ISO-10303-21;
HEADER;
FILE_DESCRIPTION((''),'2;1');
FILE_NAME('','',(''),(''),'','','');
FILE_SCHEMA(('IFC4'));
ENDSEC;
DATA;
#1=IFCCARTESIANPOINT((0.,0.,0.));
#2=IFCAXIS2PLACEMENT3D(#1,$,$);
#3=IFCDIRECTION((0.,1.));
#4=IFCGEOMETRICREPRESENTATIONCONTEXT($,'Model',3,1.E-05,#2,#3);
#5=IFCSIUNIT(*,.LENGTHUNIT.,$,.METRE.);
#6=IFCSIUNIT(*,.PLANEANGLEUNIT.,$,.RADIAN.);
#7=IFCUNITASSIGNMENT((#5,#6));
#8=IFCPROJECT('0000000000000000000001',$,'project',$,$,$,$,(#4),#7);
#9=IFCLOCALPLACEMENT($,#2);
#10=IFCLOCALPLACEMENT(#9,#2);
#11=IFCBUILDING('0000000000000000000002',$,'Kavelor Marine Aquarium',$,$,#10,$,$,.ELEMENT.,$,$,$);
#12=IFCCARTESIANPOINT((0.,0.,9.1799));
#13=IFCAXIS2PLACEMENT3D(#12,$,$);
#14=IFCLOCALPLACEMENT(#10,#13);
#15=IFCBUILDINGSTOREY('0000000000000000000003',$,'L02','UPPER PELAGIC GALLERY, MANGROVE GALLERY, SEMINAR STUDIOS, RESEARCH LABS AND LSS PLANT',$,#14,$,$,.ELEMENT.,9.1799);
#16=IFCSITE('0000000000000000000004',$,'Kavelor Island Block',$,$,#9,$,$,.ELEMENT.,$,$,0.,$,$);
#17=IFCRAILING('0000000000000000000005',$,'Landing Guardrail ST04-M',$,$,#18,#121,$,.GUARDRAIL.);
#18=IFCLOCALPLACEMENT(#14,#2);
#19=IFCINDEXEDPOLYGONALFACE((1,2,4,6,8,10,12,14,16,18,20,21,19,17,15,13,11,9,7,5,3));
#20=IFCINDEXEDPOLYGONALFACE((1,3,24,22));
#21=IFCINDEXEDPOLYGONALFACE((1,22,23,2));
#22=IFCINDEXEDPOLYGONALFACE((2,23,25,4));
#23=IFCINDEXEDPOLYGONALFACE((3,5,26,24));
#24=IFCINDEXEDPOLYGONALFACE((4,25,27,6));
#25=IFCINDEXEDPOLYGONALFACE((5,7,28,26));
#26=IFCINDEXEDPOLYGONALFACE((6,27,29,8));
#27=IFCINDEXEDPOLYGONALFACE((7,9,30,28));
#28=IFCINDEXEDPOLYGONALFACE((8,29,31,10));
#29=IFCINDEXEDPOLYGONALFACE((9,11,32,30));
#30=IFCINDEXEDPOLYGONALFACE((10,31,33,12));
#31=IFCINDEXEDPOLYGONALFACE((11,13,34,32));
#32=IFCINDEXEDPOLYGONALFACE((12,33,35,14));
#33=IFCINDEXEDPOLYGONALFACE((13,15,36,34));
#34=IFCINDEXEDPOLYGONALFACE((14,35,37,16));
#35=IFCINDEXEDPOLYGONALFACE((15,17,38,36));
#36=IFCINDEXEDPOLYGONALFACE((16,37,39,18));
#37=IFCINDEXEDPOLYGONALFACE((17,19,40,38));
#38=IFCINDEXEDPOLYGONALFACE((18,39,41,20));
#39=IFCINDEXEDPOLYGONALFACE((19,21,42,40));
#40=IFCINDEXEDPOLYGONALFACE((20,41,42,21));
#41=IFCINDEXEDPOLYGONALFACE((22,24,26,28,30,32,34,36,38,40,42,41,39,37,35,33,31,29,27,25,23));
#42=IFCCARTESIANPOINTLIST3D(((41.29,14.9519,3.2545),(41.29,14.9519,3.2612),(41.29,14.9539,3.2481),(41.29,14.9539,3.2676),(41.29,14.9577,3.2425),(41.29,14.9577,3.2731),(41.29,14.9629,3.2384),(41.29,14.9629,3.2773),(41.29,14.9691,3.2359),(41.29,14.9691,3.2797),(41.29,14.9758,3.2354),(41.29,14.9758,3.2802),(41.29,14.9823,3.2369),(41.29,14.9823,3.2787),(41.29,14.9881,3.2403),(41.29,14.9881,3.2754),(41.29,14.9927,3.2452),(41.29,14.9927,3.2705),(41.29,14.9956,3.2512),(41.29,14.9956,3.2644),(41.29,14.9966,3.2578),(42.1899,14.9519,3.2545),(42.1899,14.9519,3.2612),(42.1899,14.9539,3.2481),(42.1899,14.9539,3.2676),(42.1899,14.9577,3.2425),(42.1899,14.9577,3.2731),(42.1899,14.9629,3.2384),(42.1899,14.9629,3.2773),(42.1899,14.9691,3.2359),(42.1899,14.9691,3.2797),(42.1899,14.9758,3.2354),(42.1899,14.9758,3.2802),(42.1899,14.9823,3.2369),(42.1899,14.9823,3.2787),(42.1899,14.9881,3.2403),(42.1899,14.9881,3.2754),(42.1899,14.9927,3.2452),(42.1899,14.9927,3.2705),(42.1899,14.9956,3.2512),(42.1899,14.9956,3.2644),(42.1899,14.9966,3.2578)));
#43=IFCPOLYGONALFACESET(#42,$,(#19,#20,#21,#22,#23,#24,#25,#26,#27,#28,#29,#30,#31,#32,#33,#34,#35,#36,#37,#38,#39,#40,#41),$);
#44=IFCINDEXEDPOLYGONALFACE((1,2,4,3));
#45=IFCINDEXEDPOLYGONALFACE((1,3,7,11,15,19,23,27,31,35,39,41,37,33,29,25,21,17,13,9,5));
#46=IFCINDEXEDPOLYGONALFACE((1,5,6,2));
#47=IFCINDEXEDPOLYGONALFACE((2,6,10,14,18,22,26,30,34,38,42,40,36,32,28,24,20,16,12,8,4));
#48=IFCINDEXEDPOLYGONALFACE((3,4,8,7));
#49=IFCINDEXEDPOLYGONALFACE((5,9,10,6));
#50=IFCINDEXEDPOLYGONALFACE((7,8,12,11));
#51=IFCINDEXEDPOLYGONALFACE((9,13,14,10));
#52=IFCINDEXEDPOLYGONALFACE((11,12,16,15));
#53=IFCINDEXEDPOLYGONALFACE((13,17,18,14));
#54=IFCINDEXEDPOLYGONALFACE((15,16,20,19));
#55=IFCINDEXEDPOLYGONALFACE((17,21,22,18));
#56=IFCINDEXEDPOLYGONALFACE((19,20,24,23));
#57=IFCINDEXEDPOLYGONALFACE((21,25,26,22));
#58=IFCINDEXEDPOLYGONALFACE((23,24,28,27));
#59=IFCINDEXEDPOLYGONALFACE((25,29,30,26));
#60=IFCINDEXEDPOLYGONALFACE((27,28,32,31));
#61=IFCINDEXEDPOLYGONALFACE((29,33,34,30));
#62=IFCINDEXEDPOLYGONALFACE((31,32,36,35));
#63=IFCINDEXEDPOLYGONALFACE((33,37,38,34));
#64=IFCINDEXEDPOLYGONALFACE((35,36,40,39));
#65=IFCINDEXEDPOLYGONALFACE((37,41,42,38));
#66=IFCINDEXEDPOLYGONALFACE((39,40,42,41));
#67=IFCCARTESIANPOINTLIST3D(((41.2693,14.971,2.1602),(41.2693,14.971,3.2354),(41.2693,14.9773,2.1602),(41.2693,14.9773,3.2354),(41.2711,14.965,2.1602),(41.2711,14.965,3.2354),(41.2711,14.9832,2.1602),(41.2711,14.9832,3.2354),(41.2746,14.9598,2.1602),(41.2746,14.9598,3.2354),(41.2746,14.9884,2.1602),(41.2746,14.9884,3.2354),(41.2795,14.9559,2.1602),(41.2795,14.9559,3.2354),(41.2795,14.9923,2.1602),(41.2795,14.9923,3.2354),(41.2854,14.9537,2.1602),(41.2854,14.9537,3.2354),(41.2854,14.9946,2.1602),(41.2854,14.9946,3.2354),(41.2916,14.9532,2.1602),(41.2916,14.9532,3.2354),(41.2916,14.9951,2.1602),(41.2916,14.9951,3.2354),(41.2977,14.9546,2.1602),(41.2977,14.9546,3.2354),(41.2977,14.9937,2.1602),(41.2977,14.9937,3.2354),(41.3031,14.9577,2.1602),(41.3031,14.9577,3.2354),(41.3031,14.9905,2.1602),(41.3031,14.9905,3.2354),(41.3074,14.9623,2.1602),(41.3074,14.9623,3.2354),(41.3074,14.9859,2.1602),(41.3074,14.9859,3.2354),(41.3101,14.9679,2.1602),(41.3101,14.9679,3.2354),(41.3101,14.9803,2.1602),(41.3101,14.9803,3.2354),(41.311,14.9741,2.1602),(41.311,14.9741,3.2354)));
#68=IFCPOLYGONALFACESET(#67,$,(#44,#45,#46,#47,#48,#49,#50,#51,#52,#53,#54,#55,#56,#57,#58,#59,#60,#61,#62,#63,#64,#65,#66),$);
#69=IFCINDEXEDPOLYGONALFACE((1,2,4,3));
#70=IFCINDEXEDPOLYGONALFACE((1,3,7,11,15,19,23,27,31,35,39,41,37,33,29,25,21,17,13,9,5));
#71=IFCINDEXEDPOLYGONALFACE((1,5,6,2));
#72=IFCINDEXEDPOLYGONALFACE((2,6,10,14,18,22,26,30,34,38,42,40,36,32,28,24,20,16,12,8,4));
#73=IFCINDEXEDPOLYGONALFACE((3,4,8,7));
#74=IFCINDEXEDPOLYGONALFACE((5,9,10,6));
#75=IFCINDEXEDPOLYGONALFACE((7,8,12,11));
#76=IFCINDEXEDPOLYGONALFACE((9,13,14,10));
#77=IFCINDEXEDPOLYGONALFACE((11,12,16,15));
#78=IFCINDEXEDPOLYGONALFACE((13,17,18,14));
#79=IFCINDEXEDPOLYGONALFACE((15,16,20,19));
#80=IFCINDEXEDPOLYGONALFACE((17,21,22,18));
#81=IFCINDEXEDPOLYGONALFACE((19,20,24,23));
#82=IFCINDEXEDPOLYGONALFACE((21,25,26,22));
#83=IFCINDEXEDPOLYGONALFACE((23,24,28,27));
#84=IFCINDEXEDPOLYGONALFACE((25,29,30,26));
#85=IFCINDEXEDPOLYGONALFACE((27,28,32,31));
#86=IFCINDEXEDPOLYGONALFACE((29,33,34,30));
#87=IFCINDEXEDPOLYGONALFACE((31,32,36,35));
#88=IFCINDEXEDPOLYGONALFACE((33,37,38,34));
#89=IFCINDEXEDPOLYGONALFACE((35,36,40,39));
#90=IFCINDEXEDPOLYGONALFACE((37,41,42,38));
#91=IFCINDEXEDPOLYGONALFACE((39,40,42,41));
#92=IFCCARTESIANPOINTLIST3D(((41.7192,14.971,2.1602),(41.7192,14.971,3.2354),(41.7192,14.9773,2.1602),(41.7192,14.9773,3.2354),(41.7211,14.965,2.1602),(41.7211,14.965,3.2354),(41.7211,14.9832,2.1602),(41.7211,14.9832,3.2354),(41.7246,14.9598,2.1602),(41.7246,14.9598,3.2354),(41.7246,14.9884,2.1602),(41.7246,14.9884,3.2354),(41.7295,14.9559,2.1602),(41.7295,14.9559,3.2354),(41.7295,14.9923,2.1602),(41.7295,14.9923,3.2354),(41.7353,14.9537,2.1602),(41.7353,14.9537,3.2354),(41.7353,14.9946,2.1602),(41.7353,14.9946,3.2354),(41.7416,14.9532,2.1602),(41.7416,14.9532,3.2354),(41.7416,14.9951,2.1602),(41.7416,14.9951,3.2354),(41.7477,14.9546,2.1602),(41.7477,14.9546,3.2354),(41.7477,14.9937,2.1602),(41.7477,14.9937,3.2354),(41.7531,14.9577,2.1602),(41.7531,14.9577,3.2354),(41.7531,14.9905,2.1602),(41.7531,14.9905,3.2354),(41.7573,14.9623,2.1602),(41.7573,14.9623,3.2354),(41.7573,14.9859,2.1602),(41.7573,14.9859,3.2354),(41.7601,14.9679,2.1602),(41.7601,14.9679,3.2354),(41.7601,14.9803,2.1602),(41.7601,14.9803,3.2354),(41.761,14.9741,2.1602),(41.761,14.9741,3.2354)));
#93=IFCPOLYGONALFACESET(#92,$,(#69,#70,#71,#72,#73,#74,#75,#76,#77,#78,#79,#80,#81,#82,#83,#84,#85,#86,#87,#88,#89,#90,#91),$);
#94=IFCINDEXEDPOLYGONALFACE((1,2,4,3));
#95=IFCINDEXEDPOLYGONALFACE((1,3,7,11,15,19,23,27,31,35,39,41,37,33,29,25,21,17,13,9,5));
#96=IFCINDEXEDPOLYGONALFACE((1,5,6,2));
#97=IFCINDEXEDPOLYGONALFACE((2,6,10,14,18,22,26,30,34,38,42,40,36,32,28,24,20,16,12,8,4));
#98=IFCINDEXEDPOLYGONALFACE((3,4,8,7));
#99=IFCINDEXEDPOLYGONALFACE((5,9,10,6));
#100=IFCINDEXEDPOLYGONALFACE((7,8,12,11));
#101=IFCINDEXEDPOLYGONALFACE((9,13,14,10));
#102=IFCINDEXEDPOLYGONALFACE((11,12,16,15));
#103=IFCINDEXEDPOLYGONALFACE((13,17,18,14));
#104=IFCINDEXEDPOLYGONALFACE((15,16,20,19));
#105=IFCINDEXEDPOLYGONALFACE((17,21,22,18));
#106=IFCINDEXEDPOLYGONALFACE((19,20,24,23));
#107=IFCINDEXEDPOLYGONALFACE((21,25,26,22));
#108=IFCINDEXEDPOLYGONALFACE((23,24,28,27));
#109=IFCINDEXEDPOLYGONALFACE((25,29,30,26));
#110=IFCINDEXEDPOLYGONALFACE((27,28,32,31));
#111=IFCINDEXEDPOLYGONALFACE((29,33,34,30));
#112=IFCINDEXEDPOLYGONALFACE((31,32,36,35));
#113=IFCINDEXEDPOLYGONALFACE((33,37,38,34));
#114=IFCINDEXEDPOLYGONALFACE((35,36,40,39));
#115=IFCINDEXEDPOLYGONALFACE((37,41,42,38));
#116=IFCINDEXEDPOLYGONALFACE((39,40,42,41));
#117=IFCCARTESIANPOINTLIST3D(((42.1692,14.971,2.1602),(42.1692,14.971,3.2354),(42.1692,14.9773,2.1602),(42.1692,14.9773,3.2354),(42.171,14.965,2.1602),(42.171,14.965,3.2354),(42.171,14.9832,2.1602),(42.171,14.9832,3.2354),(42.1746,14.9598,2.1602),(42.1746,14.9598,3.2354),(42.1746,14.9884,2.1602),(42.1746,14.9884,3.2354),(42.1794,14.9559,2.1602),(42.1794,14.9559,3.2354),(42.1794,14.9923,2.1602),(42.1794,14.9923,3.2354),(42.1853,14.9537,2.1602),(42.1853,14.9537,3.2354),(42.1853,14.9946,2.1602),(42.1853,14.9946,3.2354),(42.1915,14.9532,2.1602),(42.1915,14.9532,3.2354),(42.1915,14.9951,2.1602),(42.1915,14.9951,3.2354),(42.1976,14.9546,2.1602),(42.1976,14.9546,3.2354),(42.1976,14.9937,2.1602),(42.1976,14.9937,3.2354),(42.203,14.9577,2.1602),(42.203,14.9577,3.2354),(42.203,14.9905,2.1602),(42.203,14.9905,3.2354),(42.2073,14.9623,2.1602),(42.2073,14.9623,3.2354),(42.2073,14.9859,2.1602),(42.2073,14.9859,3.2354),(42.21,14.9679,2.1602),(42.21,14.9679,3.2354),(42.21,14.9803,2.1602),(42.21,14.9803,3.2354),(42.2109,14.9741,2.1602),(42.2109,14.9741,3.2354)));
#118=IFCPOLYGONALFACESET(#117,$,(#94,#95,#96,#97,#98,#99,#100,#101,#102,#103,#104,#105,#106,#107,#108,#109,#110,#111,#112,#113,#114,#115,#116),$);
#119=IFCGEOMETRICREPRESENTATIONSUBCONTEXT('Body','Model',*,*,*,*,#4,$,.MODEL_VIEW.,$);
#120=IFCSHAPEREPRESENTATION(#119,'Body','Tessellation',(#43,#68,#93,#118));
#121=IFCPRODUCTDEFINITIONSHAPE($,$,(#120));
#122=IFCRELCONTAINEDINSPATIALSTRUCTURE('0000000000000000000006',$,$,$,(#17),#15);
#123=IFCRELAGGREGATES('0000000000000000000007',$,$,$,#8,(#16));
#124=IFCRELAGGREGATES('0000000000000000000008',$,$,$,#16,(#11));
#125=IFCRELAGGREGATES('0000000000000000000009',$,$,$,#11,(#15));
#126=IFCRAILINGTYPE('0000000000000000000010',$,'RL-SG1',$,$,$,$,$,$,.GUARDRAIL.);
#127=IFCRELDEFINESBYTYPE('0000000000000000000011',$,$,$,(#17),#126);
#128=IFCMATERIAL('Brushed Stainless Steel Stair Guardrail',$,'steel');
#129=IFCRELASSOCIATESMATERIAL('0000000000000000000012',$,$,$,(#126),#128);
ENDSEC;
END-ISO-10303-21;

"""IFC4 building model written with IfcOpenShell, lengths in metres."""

from ifc_helpers import new_model, si_unit, direction, frame, origin, origin_2d, place, context, subcontext, project, spatial, circle, extrude, material, type_object, element, save


model = new_model("IFC4")

# Units and contexts
model_context = context("Model", 3, precision=1e-05, world=origin(), true_north=direction((0.0, 1.0)))
body_context = subcontext(model_context, "Body", "Model", "MODEL_VIEW")
ifc_project = project(units=[si_unit("LENGTHUNIT", "METRE"), si_unit("PLANEANGLEUNIT", "RADIAN")], contexts=[model_context])

# Site, building, storey
site_placement = place(None, origin())
site = spatial("IfcSite", under=ifc_project, at=site_placement, Name="Kavelor Island Block", CompositionType="ELEMENT", RefElevation=0.0)
building_placement = place(site_placement, origin())
building = spatial("IfcBuilding", under=site, at=building_placement, Name="Kavelor Marine Aquarium", CompositionType="ELEMENT")
storey_placement = place(building_placement, frame((0.0, 0.0, 9.1799)))
storey = spatial("IfcBuildingStorey", under=building, at=storey_placement, Name="L02", Description="UPPER PELAGIC GALLERY, MANGROVE GALLERY, SEMINAR STUDIOS, RESEARCH LABS AND LSS PLANT", CompositionType="ELEMENT", Elevation=9.1799)

# Railing
ifc_material_1 = material(Name="Brushed Stainless Steel Stair Guardrail", Category="steel")
railing_type_1 = type_object("IfcRailingType", Name="RL-SG1", PredefinedType="GUARDRAIL", material=ifc_material_1)
railing_1_placement = place(storey_placement, frame((41.29, 14.9741, 2.1602)))
element("IfcRailing", 1, at=railing_1_placement, inside=storey, type_object=railing_type_1, Name="Landing Guardrail ST04-M", PredefinedType="GUARDRAIL", context=body_context, shape_type="SweptSolid", body=[
    extrude(circle(Radius=0.0225, at=origin_2d()), frame((0.0, 0.0, 1.0977), z_axis=(1.0, 0.0, 0.0), x_axis=(0.0, 1.0, 0.0)), (0.0, 0.0, 1.0), 0.8999),
    extrude(circle(Radius=0.021, at=origin_2d()), origin(), (0.0, 0.0, 1.0), 1.0752),
    extrude(circle(Radius=0.021, at=origin_2d()), frame((0.45, 0.0, 0.0)), (0.0, 0.0, 1.0), 1.0752),
    extrude(circle(Radius=0.021, at=origin_2d()), frame((0.8999, 0.0, 0.0)), (0.0, 0.0, 1.0), 1.0752),
])

save(model, "model.ifc")
